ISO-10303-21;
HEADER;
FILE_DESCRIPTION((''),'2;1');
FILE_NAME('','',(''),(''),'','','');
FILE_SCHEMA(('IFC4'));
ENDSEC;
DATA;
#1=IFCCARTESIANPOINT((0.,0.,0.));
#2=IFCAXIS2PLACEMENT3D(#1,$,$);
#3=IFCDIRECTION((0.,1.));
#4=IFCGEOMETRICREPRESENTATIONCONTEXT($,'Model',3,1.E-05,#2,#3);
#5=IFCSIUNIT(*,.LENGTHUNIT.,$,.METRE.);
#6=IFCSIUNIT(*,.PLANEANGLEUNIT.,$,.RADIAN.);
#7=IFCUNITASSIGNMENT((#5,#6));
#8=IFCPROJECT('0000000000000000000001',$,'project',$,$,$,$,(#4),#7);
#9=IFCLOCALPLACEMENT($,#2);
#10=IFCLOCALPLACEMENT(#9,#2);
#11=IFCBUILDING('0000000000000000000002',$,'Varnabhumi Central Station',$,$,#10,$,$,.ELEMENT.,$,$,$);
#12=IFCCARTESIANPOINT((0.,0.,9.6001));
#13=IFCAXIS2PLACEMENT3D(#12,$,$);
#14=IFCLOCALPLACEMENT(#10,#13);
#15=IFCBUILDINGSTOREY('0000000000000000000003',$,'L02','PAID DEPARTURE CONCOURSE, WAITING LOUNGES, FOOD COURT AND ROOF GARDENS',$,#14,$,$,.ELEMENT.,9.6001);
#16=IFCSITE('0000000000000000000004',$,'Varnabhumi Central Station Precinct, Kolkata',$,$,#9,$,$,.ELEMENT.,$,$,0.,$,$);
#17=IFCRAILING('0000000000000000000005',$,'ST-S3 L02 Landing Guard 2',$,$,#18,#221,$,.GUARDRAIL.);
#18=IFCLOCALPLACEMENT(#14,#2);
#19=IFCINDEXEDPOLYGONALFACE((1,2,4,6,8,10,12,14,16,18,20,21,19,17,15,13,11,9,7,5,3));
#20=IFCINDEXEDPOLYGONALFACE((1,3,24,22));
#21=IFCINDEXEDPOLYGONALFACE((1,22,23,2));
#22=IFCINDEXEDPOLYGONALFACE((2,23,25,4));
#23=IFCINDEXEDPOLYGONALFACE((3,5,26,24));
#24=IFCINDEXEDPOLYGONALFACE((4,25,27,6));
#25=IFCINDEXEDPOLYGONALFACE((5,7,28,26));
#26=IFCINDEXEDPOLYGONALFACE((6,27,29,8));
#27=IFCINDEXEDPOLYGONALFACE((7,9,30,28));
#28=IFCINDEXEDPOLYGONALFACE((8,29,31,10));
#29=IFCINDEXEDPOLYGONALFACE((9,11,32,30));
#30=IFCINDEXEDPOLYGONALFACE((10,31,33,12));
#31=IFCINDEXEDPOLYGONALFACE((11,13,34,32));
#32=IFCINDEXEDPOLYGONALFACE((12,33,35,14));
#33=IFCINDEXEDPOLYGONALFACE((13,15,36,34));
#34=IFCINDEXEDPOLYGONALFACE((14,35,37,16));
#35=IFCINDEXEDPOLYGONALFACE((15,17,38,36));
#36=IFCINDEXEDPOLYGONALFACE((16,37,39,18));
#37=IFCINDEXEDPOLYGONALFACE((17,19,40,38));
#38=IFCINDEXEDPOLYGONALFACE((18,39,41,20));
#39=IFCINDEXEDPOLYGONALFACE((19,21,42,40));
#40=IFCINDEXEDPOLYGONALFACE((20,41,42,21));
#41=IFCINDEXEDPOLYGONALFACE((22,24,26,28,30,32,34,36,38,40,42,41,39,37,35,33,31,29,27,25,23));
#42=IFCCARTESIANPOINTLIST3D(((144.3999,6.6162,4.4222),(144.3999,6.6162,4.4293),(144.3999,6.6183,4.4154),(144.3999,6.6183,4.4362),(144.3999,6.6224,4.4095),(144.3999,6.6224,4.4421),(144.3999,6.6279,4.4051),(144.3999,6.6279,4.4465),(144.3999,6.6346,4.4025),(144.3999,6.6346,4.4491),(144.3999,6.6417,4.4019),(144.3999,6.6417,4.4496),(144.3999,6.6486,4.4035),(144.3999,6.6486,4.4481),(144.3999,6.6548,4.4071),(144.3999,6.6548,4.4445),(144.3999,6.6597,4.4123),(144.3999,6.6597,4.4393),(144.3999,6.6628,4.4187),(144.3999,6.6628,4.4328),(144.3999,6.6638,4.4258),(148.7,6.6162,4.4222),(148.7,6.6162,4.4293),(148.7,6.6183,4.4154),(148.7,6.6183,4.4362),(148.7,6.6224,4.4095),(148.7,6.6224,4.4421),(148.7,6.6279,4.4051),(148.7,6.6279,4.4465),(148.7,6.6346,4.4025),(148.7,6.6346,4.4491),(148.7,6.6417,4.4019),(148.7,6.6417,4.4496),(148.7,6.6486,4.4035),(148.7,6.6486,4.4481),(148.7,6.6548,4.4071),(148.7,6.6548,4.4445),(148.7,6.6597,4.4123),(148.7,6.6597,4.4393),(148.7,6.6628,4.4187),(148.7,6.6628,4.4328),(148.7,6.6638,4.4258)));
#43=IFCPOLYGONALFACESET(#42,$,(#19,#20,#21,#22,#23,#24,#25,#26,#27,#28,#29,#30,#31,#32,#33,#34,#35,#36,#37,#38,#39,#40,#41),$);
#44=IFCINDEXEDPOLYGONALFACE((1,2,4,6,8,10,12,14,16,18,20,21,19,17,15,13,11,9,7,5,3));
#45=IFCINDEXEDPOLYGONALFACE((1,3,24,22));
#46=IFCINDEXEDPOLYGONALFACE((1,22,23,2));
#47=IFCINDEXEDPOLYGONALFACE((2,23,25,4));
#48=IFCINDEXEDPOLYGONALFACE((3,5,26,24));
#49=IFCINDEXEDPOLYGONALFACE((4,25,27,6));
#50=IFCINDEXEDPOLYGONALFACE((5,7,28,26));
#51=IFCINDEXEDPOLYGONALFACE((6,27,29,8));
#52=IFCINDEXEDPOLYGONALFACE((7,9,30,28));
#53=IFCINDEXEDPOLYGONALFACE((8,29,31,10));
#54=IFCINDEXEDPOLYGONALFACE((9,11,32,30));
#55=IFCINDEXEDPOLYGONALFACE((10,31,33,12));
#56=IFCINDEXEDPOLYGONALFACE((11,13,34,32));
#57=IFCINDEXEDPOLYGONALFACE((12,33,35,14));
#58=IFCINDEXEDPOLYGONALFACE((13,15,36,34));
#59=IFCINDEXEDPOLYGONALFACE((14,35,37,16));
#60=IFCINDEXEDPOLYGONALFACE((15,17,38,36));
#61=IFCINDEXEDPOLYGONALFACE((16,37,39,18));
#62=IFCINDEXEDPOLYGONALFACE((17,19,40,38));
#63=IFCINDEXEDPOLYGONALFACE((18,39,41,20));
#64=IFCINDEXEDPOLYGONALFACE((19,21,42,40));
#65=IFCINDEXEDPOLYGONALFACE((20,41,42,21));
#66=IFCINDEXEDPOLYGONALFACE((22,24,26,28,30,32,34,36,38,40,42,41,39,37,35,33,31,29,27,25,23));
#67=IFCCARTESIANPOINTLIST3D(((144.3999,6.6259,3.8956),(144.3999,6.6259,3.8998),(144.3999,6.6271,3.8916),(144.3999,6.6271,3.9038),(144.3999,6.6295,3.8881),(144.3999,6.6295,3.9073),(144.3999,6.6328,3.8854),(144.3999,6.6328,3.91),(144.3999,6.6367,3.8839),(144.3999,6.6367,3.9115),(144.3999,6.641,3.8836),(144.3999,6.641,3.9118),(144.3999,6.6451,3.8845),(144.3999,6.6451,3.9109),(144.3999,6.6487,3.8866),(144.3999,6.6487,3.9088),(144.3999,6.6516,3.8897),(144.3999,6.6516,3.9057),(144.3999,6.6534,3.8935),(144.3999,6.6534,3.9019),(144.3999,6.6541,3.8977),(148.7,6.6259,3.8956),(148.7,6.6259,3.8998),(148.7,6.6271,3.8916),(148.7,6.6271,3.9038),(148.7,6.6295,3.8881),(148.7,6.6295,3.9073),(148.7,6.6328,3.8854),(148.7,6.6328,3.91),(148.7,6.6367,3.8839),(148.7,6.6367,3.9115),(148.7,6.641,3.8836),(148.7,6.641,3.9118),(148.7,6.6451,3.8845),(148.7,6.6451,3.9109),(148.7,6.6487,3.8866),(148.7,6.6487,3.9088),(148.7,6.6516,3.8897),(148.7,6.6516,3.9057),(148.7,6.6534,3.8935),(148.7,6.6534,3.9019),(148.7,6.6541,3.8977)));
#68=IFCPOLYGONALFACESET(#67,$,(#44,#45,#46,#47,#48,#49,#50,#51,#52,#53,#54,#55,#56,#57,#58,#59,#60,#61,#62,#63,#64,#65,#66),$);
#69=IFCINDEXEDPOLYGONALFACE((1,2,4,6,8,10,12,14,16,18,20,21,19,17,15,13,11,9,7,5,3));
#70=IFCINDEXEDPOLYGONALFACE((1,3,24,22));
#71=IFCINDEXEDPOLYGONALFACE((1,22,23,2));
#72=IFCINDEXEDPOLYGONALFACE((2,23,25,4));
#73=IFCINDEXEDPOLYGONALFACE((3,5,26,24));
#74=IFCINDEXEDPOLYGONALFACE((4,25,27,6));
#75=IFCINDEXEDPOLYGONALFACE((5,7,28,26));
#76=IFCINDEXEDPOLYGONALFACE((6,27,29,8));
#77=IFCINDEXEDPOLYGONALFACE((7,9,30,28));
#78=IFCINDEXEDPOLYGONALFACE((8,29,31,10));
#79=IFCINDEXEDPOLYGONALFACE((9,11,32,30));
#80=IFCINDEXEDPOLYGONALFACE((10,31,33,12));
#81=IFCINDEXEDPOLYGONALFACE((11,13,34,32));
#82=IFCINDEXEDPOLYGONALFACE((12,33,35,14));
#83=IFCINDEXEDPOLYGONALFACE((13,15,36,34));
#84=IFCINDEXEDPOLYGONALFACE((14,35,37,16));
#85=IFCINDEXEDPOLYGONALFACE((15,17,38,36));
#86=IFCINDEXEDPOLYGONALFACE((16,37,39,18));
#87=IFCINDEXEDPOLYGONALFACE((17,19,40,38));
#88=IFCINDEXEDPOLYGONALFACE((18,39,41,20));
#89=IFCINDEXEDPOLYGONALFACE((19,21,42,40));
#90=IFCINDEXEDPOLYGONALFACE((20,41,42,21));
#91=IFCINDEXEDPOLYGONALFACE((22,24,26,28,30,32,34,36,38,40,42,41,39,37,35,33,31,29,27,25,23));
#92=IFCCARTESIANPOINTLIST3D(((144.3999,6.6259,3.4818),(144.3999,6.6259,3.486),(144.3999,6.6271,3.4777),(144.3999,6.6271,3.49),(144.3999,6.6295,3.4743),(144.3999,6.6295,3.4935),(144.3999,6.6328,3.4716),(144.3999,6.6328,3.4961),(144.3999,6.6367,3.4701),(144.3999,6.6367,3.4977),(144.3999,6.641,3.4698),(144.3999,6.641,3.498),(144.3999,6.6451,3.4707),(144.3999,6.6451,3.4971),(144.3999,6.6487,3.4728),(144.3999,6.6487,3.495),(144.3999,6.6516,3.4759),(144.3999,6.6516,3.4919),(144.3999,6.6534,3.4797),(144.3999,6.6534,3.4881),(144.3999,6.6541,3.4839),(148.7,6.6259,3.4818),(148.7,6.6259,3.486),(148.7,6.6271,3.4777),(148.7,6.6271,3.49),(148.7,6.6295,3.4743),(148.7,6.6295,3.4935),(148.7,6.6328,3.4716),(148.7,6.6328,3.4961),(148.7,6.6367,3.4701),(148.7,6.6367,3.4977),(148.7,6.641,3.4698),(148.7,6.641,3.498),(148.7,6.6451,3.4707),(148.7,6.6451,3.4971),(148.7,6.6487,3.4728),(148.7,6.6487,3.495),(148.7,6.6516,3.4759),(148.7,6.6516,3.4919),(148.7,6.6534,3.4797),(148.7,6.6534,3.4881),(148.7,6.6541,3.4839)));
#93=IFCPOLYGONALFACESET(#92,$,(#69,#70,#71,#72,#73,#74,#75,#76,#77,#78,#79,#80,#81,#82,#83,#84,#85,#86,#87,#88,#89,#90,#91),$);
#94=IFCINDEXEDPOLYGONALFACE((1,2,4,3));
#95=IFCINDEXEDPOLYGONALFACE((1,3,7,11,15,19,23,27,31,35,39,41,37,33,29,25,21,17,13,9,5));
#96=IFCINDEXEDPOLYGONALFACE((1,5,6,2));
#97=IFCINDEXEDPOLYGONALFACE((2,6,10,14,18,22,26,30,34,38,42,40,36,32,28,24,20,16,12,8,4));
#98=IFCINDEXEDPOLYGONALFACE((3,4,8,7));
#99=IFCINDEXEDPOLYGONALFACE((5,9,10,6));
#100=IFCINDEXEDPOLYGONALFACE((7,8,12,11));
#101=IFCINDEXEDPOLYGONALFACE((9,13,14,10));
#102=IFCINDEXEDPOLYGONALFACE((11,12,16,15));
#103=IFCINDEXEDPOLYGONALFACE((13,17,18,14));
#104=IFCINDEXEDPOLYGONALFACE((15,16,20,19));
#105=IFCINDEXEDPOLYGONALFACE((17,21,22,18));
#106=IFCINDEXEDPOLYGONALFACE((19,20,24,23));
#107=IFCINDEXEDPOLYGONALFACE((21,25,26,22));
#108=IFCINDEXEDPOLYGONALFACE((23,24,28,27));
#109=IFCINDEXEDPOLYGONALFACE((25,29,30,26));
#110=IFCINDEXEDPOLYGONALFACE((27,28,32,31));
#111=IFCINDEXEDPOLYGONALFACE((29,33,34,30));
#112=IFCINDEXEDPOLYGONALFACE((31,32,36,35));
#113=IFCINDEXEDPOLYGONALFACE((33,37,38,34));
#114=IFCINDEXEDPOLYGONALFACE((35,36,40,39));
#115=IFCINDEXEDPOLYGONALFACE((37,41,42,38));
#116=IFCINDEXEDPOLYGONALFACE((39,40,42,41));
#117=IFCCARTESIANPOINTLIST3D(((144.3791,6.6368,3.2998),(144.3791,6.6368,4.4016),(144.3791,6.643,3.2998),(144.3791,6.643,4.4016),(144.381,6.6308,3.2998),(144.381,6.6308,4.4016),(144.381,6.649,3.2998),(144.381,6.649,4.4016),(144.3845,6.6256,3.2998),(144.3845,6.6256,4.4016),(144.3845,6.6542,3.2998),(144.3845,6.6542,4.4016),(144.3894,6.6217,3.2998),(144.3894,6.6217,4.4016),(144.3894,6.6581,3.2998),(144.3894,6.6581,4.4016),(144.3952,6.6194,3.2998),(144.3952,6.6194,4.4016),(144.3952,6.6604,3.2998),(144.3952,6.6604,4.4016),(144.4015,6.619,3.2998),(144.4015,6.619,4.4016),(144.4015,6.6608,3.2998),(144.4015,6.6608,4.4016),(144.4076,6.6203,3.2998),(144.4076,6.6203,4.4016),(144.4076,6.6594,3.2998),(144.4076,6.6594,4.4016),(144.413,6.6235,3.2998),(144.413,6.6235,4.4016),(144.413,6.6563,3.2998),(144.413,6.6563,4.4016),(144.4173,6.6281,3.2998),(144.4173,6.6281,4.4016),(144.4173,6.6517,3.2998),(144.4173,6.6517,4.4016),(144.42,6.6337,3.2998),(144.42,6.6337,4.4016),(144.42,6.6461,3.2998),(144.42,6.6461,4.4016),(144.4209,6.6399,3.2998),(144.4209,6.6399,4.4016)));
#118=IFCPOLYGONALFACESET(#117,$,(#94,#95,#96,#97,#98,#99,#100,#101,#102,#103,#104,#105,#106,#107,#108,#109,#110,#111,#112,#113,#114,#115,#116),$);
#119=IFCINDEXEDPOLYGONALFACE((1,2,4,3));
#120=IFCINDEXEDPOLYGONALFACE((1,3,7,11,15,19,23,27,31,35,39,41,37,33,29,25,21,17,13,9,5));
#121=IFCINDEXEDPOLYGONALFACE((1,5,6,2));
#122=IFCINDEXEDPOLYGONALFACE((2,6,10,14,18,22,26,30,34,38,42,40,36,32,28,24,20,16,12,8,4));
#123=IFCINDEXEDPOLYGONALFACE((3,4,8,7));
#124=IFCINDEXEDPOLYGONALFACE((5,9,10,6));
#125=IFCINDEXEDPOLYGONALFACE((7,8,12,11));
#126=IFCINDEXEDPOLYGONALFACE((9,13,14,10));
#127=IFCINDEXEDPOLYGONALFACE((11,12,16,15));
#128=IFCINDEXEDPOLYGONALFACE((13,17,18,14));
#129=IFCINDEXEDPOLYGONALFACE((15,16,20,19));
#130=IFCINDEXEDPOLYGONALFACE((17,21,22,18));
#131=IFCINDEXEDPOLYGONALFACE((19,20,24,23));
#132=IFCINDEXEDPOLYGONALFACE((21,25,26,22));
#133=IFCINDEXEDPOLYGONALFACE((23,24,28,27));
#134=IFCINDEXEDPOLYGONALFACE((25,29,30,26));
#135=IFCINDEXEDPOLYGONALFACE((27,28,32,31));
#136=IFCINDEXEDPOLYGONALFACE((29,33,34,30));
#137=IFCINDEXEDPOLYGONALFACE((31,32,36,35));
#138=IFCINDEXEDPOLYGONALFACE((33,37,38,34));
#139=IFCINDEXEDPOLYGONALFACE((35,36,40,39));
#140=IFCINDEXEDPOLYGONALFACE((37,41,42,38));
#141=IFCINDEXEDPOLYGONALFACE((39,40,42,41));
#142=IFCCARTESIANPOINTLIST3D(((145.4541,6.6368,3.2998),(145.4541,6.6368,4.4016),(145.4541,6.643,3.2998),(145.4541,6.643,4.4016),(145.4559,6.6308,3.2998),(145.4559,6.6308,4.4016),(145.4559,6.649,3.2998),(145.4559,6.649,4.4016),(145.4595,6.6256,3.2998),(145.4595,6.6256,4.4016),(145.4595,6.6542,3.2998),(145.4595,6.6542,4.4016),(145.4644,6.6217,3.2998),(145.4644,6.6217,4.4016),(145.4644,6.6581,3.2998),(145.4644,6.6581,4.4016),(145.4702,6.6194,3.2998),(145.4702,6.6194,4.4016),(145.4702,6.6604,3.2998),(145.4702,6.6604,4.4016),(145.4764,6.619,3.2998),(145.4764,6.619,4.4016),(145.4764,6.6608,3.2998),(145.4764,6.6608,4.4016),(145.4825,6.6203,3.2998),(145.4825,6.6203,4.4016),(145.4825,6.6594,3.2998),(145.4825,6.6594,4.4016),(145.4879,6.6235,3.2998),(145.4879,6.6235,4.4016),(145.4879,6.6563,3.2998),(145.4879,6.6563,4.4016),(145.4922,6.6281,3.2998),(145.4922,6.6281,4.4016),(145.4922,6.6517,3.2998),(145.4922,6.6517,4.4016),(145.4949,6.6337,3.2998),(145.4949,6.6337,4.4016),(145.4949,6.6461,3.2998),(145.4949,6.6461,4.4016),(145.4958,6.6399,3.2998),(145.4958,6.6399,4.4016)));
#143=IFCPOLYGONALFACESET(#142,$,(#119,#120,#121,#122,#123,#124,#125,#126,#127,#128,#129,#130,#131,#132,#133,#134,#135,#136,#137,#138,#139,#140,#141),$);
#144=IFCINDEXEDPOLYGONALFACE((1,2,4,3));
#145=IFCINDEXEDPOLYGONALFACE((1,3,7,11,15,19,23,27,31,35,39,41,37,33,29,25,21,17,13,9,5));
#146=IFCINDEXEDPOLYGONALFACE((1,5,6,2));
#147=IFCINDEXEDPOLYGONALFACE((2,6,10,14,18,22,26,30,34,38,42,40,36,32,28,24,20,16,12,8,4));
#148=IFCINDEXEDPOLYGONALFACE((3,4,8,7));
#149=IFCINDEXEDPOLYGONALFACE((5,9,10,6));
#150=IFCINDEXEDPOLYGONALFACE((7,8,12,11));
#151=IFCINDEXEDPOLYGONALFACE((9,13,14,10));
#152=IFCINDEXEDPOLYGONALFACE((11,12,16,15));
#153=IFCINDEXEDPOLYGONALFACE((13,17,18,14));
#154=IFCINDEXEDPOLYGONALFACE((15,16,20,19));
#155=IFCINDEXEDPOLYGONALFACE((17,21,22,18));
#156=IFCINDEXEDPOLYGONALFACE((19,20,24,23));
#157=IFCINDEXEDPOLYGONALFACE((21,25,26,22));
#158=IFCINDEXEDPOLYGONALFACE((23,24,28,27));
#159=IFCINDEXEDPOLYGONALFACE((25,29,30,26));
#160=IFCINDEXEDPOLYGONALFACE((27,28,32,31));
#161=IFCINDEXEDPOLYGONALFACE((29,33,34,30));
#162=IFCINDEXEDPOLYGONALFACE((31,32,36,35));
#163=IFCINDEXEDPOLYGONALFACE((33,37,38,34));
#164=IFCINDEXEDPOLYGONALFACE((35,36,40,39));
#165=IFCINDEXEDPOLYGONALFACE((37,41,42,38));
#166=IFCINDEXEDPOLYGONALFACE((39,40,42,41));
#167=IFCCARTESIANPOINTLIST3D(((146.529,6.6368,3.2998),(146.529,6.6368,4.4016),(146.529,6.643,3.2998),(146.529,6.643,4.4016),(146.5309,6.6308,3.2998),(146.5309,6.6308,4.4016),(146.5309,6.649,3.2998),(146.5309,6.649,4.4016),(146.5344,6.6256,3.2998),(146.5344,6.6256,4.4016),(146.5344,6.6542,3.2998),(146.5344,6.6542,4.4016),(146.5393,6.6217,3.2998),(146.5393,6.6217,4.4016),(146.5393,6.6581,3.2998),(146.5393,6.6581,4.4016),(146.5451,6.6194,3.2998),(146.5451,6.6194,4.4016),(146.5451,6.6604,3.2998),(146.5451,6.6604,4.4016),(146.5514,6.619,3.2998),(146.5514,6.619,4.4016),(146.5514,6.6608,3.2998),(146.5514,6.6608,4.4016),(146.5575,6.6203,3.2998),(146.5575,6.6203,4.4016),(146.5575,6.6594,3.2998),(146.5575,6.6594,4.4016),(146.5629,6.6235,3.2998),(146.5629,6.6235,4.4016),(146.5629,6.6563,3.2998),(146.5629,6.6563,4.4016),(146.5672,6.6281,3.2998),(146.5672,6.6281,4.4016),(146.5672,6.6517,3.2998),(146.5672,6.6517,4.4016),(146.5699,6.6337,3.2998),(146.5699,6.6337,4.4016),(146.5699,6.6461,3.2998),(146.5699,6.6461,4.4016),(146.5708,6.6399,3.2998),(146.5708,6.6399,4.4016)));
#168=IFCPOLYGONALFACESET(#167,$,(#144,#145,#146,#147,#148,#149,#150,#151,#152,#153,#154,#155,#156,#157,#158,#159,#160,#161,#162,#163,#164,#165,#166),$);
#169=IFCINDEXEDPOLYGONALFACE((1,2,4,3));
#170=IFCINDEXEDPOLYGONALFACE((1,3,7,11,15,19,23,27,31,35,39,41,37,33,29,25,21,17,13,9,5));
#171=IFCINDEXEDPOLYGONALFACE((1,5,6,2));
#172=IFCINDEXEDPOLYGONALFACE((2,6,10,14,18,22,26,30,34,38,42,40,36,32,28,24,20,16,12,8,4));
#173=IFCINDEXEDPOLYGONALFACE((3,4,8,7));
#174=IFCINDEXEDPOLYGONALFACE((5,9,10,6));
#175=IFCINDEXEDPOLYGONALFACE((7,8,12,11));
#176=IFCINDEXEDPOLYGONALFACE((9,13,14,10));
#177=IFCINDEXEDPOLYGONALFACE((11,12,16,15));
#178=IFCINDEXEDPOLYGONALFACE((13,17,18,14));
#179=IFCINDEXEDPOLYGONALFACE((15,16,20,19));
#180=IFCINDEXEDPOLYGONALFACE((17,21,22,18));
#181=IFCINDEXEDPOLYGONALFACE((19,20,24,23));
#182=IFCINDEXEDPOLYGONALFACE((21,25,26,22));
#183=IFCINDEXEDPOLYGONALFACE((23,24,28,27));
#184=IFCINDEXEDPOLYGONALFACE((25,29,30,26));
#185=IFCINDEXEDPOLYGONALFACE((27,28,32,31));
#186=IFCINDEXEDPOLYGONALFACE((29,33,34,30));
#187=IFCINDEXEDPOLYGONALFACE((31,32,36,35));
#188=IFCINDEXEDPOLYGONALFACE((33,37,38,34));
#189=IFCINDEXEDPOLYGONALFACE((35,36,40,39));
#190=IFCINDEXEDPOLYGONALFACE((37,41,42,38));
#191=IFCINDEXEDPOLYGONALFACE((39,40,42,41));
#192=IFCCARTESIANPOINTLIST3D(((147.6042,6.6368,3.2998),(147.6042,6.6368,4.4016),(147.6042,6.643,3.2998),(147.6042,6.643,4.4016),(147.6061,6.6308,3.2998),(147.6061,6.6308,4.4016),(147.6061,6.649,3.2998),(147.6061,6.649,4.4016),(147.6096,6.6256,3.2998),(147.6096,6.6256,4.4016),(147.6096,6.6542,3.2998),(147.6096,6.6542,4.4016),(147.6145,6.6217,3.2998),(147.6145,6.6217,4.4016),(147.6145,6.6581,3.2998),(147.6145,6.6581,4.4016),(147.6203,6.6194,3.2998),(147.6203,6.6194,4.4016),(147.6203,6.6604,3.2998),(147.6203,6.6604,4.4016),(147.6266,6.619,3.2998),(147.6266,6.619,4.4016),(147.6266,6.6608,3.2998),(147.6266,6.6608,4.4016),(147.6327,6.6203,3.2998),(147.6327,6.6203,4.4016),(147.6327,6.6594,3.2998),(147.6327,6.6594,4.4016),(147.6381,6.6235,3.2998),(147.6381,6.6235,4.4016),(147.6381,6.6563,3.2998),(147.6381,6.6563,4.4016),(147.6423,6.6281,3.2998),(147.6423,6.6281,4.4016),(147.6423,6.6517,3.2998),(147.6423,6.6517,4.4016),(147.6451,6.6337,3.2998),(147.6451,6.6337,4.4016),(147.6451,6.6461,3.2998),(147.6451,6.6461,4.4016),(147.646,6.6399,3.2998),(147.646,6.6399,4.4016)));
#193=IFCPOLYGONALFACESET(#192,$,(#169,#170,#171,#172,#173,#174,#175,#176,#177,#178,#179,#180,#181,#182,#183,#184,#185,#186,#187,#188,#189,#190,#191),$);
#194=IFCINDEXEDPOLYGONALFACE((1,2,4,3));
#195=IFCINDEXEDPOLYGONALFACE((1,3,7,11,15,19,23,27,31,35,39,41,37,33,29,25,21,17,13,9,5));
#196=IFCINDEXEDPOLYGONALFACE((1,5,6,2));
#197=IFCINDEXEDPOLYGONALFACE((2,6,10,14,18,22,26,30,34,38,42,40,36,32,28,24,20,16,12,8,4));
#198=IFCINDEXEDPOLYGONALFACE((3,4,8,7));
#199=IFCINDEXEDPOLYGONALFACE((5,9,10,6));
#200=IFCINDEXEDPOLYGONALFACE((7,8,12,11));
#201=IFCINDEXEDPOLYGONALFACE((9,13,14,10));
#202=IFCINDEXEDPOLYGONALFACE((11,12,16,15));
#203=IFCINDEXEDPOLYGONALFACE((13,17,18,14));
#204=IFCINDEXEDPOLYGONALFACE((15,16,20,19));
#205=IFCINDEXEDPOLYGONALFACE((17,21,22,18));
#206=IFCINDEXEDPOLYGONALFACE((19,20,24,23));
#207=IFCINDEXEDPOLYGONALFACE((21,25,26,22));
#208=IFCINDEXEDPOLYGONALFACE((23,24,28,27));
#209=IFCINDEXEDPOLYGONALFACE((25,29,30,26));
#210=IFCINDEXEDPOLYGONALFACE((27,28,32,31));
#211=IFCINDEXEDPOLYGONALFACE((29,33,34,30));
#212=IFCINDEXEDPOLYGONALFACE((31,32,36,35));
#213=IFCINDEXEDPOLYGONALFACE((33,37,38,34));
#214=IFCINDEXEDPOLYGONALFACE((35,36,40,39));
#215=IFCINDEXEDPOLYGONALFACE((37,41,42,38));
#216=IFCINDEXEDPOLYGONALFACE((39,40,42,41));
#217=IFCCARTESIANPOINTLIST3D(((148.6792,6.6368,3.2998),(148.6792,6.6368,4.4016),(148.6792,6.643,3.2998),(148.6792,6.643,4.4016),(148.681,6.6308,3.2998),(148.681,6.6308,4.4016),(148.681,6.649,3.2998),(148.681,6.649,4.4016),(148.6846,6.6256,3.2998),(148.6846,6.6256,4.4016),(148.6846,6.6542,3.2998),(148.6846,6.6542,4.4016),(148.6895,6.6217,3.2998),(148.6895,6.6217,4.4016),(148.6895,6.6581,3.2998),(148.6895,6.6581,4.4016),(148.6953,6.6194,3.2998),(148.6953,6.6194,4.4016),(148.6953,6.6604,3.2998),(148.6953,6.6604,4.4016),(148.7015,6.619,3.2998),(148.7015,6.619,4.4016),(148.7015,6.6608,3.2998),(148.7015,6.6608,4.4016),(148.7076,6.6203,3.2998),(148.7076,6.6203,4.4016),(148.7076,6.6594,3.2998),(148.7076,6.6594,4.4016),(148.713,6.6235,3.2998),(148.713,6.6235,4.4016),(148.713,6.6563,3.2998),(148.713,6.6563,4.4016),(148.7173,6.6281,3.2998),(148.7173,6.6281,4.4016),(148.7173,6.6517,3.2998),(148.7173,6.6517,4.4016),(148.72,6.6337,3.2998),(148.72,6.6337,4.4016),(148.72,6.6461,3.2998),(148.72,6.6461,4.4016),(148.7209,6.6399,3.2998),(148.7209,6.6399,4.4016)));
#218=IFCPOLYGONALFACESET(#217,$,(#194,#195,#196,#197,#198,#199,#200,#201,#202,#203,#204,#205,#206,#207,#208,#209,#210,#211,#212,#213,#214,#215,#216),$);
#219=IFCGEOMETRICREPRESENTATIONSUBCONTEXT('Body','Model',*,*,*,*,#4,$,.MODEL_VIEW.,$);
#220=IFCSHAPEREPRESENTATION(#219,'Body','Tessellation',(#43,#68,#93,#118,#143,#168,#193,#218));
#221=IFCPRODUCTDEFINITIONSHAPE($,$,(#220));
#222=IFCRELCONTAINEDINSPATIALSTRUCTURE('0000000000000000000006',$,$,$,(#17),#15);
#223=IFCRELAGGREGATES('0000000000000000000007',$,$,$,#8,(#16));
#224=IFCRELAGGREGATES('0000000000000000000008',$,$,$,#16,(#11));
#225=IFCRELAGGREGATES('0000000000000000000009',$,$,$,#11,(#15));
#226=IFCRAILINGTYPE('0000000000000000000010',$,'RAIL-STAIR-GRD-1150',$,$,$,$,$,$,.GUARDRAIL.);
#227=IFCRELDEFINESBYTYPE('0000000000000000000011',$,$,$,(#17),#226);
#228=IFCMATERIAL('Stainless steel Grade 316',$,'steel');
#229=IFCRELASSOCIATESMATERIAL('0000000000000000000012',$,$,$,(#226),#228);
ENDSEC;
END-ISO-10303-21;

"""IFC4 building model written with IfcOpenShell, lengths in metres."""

from ifc_helpers import new_model, si_unit, direction, frame, origin, origin_2d, place, context, subcontext, project, spatial, circle, extrude, material, type_object, element, save


model = new_model("IFC4")

# Units and contexts
model_context = context("Model", 3, precision=1e-05, world=origin(), true_north=direction((0.0, 1.0)))
body_context = subcontext(model_context, "Body", "Model", "MODEL_VIEW")
ifc_project = project(units=[si_unit("LENGTHUNIT", "METRE"), si_unit("PLANEANGLEUNIT", "RADIAN")], contexts=[model_context])

# Site, building, storey
site_placement = place(None, origin())
site = spatial("IfcSite", under=ifc_project, at=site_placement, Name="Varnabhumi Central Station Precinct, Kolkata", CompositionType="ELEMENT", RefElevation=0.0)
building_placement = place(site_placement, origin())
building = spatial("IfcBuilding", under=site, at=building_placement, Name="Varnabhumi Central Station", CompositionType="ELEMENT")
storey_placement = place(building_placement, frame((0.0, 0.0, 9.6001)))
storey = spatial("IfcBuildingStorey", under=building, at=storey_placement, Name="L02", Description="PAID DEPARTURE CONCOURSE, WAITING LOUNGES, FOOD COURT AND ROOF GARDENS", CompositionType="ELEMENT", Elevation=9.6001)

# Railing
ifc_material_1 = material(Name="Stainless steel Grade 316", Category="steel")
railing_type_1 = type_object("IfcRailingType", Name="RAIL-STAIR-GRD-1150", PredefinedType="GUARDRAIL", material=ifc_material_1)
railing_1_placement = place(storey_placement, frame((144.3999, 6.6399, 3.2998)))
element("IfcRailing", 1, at=railing_1_placement, inside=storey, type_object=railing_type_1, Name="ST-S3 L02 Landing Guard 2", PredefinedType="GUARDRAIL", context=body_context, shape_type="SweptSolid", body=[
    extrude(circle(Radius=0.0239, at=origin_2d()), frame((0.0, 0.0, 1.126), z_axis=(1.0, 0.0, 0.0), x_axis=(0.0, 1.0, 0.0)), (0.0, 0.0, 1.0), 4.3),
    extrude(circle(Radius=0.0142, at=origin_2d()), frame((0.0, 0.0, 0.5979), z_axis=(1.0, 0.0, 0.0), x_axis=(0.0, 1.0, 0.0)), (0.0, 0.0, 1.0), 4.3),
    extrude(circle(Radius=0.0142, at=origin_2d()), frame((0.0, 0.0, 0.1841), z_axis=(1.0, 0.0, 0.0), x_axis=(0.0, 1.0, 0.0)), (0.0, 0.0, 1.0), 4.3),
    extrude(circle(Radius=0.021, at=origin_2d()), origin(), (0.0, 0.0, 1.0), 1.1018),
    extrude(circle(Radius=0.021, at=origin_2d()), frame((1.075, 0.0, 0.0)), (0.0, 0.0, 1.0), 1.1018),
    extrude(circle(Radius=0.021, at=origin_2d()), frame((2.1499, 0.0, 0.0)), (0.0, 0.0, 1.0), 1.1018),
    extrude(circle(Radius=0.021, at=origin_2d()), frame((3.2251, 0.0, 0.0)), (0.0, 0.0, 1.0), 1.1018),
    extrude(circle(Radius=0.021, at=origin_2d()), frame((4.3, 0.0, 0.0)), (0.0, 0.0, 1.0), 1.1018),
])

save(model, "model.ifc")
